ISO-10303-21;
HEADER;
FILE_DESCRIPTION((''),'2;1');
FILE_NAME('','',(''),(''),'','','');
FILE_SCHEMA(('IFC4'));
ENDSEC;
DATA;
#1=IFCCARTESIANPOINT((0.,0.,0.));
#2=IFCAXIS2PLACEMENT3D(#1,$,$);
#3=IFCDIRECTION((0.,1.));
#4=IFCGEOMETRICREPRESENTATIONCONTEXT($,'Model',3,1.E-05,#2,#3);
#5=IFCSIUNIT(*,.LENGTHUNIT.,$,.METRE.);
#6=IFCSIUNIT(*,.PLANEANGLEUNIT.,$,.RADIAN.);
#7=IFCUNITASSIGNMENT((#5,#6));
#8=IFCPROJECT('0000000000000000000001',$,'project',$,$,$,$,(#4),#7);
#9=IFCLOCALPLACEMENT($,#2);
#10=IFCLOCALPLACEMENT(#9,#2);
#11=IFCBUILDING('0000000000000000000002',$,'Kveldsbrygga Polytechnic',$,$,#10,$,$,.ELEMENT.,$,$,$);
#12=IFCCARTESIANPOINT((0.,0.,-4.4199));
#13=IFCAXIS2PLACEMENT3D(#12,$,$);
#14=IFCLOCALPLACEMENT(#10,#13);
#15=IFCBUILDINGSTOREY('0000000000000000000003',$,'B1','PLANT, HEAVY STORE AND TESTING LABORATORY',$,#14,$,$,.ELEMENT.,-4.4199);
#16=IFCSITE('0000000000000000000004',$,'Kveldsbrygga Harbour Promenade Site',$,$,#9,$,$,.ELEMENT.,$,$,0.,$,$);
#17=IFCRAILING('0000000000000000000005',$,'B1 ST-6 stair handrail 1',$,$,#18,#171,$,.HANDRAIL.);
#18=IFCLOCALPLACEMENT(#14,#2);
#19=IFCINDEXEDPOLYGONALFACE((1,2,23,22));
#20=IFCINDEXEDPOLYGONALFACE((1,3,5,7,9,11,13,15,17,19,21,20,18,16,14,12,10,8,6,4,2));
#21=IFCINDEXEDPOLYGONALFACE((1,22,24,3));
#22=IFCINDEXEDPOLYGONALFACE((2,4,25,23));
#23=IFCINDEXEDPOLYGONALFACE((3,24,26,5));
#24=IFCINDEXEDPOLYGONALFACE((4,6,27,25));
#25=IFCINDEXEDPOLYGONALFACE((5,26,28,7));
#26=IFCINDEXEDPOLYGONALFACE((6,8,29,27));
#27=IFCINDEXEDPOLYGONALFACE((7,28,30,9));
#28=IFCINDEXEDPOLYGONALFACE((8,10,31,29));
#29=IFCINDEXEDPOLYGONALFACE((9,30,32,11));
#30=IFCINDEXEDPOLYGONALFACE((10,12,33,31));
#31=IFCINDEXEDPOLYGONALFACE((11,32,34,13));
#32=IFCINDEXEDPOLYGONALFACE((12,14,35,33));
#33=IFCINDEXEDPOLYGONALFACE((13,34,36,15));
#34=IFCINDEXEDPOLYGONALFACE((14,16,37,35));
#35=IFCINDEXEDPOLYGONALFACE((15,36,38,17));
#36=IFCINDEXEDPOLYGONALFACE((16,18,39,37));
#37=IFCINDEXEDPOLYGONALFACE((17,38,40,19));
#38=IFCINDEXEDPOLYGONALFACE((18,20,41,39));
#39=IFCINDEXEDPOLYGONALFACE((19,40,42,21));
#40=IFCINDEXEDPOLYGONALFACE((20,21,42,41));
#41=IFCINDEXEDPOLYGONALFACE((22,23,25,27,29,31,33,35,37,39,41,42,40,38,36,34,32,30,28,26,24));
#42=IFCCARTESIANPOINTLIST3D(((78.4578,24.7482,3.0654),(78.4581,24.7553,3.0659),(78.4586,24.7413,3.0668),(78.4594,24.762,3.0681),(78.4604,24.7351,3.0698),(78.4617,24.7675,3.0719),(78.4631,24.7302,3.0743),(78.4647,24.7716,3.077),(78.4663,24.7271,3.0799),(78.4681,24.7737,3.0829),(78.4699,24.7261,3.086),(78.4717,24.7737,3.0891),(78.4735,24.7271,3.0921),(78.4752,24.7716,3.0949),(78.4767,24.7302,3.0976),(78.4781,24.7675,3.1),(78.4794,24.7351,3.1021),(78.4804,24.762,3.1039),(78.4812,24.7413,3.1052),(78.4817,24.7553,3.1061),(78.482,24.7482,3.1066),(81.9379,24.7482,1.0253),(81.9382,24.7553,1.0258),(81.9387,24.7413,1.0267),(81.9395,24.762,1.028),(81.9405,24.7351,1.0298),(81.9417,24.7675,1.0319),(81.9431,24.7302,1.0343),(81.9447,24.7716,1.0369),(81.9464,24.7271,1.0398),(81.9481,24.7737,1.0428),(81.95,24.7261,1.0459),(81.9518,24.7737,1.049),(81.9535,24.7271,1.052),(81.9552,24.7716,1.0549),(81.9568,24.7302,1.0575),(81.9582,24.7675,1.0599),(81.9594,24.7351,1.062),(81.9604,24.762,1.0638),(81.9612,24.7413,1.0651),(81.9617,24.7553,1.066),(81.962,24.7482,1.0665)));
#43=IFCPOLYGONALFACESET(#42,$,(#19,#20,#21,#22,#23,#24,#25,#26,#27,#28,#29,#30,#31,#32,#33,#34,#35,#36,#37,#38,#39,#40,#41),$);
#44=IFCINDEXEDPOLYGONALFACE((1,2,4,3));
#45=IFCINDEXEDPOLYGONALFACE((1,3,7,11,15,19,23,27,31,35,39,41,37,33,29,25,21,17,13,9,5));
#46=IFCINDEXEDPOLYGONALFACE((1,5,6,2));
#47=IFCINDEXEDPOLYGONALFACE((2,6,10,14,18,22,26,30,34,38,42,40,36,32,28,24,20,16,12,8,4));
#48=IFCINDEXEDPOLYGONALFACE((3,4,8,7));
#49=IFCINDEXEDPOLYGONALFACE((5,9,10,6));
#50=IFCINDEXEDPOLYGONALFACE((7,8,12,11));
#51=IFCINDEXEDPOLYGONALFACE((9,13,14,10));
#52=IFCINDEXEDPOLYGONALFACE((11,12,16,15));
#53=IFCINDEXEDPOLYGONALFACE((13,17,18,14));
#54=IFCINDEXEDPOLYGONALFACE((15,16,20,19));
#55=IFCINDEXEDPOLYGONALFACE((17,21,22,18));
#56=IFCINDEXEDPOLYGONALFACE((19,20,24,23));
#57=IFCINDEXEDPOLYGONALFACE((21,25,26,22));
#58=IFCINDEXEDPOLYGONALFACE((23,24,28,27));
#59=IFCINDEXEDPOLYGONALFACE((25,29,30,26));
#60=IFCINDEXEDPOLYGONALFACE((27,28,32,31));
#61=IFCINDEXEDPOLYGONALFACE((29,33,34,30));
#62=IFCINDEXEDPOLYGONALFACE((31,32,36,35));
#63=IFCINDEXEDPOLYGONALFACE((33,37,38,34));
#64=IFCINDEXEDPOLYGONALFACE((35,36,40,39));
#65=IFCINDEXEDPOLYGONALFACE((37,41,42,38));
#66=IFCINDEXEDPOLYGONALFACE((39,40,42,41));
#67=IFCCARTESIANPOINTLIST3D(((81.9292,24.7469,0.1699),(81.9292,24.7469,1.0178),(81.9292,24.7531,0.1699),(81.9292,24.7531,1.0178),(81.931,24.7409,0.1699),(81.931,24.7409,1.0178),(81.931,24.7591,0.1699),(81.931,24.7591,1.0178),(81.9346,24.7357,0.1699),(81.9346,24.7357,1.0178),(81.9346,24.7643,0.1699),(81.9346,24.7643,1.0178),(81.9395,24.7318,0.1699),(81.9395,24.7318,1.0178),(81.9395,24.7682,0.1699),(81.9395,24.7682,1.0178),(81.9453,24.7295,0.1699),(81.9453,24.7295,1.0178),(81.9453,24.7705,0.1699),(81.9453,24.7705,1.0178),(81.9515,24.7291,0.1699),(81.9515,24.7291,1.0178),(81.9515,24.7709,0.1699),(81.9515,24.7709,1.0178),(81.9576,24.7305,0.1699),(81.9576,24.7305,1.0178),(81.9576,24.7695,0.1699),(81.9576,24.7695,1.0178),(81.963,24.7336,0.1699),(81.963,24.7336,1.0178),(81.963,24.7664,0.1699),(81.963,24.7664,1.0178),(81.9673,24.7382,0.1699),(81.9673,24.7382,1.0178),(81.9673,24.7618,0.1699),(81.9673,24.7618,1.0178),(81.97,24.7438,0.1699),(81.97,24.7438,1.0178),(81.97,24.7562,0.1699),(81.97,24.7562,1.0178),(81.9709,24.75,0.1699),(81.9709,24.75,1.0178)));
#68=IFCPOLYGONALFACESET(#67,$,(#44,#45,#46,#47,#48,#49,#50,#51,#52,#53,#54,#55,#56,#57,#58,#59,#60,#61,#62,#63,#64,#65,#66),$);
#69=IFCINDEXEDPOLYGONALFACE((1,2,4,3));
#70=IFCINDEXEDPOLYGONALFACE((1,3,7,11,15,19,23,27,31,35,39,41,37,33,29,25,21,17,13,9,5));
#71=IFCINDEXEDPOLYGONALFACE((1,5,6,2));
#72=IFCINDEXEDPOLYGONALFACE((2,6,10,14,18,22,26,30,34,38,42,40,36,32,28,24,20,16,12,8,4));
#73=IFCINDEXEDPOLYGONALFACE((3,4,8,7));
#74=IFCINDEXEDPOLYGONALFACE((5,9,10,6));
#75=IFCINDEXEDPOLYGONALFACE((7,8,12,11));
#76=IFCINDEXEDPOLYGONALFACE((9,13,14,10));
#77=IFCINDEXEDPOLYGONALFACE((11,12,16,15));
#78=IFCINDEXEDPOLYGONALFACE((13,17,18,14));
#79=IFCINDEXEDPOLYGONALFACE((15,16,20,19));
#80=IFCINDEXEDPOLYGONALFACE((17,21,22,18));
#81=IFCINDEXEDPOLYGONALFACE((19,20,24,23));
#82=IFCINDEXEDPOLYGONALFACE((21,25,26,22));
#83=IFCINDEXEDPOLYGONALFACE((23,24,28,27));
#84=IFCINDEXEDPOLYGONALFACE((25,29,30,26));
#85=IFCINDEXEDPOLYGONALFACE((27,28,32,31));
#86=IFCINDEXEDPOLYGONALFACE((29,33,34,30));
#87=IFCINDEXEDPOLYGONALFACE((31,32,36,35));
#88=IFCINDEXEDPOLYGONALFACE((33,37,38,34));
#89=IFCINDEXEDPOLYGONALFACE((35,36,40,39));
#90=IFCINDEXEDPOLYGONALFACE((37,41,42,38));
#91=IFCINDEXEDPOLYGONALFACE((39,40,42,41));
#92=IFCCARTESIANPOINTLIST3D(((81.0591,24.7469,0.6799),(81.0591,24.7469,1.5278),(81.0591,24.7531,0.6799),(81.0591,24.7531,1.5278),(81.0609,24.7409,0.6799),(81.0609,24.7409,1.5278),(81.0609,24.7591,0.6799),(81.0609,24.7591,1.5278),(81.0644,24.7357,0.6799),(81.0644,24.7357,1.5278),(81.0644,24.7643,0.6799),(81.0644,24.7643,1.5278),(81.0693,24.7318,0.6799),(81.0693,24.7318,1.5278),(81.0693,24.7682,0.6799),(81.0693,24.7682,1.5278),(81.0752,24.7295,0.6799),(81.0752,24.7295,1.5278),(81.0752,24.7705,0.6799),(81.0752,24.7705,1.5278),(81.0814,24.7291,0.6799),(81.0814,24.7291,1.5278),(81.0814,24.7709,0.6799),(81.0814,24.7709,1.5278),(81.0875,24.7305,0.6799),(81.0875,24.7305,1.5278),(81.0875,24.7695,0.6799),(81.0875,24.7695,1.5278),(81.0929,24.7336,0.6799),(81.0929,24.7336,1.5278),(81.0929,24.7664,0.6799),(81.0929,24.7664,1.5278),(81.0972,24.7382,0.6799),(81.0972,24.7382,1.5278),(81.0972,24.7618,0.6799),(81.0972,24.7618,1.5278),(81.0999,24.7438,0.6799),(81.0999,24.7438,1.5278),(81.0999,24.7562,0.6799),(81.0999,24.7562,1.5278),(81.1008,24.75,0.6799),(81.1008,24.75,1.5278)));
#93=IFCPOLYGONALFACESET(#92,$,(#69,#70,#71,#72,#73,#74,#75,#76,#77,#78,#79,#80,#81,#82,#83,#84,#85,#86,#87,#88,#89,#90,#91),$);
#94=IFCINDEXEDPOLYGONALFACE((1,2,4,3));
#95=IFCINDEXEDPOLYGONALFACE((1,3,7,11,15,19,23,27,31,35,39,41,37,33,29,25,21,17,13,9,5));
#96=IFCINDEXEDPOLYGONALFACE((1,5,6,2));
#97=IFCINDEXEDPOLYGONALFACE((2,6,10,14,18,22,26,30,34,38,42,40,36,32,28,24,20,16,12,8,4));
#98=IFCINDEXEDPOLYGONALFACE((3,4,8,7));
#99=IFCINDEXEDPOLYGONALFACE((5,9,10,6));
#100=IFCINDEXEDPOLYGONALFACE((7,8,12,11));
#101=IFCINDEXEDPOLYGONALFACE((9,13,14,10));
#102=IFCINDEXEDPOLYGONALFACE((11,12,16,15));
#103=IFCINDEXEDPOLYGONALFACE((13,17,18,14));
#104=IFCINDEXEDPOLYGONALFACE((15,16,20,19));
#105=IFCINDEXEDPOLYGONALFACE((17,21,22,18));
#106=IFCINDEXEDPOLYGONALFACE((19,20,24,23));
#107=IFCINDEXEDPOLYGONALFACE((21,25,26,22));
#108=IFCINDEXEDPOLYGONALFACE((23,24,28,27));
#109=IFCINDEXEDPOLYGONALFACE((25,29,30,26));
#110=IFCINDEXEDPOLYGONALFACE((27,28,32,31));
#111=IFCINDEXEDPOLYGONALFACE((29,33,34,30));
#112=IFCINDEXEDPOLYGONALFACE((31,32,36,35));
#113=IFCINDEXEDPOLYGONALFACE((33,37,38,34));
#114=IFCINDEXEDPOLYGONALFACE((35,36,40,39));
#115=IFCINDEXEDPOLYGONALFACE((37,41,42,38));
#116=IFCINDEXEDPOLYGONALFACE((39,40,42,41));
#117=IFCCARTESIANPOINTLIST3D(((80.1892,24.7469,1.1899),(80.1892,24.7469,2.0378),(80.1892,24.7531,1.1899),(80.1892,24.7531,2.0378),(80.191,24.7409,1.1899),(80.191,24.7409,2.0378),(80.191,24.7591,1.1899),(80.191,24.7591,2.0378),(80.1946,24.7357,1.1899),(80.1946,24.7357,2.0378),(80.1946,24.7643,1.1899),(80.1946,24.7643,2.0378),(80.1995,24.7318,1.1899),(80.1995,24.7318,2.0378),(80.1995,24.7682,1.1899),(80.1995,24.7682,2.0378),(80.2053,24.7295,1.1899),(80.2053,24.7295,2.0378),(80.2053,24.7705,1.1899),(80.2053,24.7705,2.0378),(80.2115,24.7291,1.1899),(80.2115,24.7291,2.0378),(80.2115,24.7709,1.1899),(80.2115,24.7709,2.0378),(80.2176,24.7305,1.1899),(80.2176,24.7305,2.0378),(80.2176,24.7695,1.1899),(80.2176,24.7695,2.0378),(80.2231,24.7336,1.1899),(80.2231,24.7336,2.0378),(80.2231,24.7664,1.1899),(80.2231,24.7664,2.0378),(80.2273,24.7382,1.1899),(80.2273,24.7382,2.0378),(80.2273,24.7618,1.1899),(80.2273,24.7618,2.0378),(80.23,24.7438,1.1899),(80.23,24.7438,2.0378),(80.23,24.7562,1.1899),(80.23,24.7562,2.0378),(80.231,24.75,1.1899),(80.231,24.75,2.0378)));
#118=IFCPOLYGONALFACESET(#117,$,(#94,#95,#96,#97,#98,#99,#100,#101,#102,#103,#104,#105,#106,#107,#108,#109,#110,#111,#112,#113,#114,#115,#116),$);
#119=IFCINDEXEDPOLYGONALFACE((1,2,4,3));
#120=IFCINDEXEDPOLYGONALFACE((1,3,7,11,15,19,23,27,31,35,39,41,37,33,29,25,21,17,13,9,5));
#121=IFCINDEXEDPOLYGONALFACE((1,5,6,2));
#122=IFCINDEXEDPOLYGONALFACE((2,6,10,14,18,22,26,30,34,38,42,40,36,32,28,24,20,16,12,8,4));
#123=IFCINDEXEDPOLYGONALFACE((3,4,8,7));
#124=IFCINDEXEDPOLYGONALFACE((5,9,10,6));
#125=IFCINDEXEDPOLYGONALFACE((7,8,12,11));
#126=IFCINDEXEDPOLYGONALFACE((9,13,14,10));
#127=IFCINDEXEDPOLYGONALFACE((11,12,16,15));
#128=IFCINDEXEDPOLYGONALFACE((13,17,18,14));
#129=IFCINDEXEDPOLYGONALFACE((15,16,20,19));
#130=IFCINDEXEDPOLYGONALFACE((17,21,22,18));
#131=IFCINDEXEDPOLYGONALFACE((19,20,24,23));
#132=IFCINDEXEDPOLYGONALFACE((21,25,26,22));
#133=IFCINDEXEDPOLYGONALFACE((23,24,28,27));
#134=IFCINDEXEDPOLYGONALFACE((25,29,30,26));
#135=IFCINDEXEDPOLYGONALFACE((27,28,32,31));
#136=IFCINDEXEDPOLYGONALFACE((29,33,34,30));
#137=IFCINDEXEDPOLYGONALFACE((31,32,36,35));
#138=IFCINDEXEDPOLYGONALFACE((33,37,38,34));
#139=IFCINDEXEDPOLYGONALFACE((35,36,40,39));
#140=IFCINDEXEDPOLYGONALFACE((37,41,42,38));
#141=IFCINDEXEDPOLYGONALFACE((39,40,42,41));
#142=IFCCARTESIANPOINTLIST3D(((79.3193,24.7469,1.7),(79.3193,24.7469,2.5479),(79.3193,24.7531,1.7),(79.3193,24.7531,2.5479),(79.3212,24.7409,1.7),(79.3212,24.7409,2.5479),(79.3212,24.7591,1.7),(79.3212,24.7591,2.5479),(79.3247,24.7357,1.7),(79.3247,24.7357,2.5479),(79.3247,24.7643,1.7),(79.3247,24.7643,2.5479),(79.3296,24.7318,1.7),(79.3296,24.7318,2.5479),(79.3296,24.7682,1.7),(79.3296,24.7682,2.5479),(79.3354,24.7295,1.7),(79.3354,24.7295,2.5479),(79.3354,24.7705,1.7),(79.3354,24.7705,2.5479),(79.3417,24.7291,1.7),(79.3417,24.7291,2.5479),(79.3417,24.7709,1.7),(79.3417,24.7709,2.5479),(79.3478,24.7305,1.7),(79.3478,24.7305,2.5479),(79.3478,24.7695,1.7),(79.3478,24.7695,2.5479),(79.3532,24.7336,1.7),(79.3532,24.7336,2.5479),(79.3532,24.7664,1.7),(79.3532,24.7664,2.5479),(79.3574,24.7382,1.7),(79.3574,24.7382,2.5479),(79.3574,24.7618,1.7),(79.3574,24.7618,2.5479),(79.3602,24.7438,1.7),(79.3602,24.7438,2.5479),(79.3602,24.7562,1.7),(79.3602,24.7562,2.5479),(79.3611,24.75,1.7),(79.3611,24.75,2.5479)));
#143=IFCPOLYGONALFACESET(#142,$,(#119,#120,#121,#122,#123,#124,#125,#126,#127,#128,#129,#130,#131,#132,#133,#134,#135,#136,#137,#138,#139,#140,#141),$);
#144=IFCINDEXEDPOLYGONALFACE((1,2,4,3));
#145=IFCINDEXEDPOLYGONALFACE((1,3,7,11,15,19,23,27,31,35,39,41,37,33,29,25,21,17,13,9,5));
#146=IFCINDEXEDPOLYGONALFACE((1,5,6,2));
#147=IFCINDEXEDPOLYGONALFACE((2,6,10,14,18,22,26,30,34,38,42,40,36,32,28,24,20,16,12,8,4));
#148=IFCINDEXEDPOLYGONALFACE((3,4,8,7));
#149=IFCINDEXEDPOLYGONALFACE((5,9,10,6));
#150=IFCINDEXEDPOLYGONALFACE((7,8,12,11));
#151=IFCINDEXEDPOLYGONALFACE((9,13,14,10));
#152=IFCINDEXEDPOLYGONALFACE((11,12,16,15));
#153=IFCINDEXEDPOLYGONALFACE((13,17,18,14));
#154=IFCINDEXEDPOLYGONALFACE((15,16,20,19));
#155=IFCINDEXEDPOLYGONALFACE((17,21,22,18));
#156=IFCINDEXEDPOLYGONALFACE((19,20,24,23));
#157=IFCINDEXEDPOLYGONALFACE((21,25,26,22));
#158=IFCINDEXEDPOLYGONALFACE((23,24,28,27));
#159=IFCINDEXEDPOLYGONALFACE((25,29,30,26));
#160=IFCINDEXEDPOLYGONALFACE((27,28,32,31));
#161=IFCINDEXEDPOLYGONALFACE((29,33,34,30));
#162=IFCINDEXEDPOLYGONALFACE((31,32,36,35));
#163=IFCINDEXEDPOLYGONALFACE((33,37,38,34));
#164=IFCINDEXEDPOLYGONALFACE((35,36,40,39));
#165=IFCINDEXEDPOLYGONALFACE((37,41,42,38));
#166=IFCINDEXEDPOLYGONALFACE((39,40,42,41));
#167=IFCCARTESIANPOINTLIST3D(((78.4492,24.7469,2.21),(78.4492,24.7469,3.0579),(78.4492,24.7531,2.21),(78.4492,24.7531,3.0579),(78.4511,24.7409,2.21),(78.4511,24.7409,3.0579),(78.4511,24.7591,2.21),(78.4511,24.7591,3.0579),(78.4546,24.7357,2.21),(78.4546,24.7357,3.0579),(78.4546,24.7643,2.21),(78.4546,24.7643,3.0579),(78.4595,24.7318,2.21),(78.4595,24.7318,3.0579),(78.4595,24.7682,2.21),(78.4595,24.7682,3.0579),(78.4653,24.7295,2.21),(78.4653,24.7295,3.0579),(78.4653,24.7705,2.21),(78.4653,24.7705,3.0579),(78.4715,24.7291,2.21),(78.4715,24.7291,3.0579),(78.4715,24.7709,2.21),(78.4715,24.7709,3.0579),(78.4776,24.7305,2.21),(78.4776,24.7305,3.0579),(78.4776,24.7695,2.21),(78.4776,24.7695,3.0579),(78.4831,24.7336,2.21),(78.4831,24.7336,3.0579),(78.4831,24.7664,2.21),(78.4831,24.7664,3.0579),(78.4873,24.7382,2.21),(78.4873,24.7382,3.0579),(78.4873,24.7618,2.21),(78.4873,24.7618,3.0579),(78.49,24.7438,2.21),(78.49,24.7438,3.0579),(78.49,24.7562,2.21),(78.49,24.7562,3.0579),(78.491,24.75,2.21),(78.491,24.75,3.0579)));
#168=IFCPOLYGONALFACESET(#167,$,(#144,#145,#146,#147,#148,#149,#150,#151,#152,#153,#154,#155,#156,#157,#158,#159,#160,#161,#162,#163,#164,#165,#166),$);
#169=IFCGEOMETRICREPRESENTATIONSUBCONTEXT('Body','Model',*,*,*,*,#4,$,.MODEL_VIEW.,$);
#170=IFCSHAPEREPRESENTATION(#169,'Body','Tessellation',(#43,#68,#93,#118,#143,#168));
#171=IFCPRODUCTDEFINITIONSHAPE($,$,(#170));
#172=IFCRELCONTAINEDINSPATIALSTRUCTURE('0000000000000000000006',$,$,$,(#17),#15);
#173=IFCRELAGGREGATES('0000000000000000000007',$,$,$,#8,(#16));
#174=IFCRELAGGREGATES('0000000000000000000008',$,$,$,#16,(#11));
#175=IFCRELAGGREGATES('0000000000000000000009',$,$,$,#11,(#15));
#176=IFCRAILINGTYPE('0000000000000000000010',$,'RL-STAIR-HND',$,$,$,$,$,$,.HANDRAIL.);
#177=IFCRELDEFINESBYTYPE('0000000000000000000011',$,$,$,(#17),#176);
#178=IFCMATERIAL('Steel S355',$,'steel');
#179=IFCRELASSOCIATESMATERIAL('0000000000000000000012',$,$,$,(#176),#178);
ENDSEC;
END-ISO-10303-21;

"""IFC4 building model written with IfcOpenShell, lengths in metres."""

from ifc_helpers import new_model, si_unit, direction, frame, origin, origin_2d, place, context, subcontext, project, spatial, circle, extrude, material, type_object, element, save


model = new_model("IFC4")

# Units and contexts
model_context = context("Model", 3, precision=1e-05, world=origin(), true_north=direction((0.0, 1.0)))
body_context = subcontext(model_context, "Body", "Model", "MODEL_VIEW")
ifc_project = project(units=[si_unit("LENGTHUNIT", "METRE"), si_unit("PLANEANGLEUNIT", "RADIAN")], contexts=[model_context])

# Site, building, storey
site_placement = place(None, origin())
site = spatial("IfcSite", under=ifc_project, at=site_placement, Name="Kveldsbrygga Harbour Promenade Site", CompositionType="ELEMENT", RefElevation=0.0)
building_placement = place(site_placement, origin())
building = spatial("IfcBuilding", under=site, at=building_placement, Name="Kveldsbrygga Polytechnic", CompositionType="ELEMENT")
storey_placement = place(building_placement, frame((0.0, 0.0, -4.4199)))
storey = spatial("IfcBuildingStorey", under=building, at=storey_placement, Name="B1", Description="PLANT, HEAVY STORE AND TESTING LABORATORY", CompositionType="ELEMENT", Elevation=-4.4199)

# Railing
ifc_material_1 = material(Name="Steel S355", Category="steel")
railing_type_1 = type_object("IfcRailingType", Name="RL-STAIR-HND", PredefinedType="HANDRAIL", material=ifc_material_1)
railing_1_placement = place(storey_placement, frame((81.95, 24.75, 0.1699)))
element("IfcRailing", 1, at=railing_1_placement, inside=storey, type_object=railing_type_1, Name="B1 ST-6 stair handrail 1", PredefinedType="HANDRAIL", context=body_context, shape_type="SweptSolid", body=[
    extrude(circle(Radius=0.0239, at=origin_2d()), frame((0.0, 0.0, 0.876), z_axis=(-0.862693, 0.0, 0.505729), x_axis=(0.0, -1.0, 0.0)), (0.0, 0.0, 1.0), 4.0339),
    extrude(circle(Radius=0.021, at=origin_2d()), origin(), (0.0, 0.0, 1.0), 0.8479),
    extrude(circle(Radius=0.021, at=origin_2d()), frame((-0.8701, 0.0, 0.51)), (0.0, 0.0, 1.0), 0.8479),
    extrude(circle(Radius=0.021, at=origin_2d()), frame((-1.74, 0.0, 1.02)), (0.0, 0.0, 1.0), 0.8479),
    extrude(circle(Radius=0.021, at=origin_2d()), frame((-2.6099, 0.0, 1.53)), (0.0, 0.0, 1.0), 0.8479),
    extrude(circle(Radius=0.021, at=origin_2d()), frame((-3.48, 0.0, 2.04)), (0.0, 0.0, 1.0), 0.8479),
])

save(model, "model.ifc")
